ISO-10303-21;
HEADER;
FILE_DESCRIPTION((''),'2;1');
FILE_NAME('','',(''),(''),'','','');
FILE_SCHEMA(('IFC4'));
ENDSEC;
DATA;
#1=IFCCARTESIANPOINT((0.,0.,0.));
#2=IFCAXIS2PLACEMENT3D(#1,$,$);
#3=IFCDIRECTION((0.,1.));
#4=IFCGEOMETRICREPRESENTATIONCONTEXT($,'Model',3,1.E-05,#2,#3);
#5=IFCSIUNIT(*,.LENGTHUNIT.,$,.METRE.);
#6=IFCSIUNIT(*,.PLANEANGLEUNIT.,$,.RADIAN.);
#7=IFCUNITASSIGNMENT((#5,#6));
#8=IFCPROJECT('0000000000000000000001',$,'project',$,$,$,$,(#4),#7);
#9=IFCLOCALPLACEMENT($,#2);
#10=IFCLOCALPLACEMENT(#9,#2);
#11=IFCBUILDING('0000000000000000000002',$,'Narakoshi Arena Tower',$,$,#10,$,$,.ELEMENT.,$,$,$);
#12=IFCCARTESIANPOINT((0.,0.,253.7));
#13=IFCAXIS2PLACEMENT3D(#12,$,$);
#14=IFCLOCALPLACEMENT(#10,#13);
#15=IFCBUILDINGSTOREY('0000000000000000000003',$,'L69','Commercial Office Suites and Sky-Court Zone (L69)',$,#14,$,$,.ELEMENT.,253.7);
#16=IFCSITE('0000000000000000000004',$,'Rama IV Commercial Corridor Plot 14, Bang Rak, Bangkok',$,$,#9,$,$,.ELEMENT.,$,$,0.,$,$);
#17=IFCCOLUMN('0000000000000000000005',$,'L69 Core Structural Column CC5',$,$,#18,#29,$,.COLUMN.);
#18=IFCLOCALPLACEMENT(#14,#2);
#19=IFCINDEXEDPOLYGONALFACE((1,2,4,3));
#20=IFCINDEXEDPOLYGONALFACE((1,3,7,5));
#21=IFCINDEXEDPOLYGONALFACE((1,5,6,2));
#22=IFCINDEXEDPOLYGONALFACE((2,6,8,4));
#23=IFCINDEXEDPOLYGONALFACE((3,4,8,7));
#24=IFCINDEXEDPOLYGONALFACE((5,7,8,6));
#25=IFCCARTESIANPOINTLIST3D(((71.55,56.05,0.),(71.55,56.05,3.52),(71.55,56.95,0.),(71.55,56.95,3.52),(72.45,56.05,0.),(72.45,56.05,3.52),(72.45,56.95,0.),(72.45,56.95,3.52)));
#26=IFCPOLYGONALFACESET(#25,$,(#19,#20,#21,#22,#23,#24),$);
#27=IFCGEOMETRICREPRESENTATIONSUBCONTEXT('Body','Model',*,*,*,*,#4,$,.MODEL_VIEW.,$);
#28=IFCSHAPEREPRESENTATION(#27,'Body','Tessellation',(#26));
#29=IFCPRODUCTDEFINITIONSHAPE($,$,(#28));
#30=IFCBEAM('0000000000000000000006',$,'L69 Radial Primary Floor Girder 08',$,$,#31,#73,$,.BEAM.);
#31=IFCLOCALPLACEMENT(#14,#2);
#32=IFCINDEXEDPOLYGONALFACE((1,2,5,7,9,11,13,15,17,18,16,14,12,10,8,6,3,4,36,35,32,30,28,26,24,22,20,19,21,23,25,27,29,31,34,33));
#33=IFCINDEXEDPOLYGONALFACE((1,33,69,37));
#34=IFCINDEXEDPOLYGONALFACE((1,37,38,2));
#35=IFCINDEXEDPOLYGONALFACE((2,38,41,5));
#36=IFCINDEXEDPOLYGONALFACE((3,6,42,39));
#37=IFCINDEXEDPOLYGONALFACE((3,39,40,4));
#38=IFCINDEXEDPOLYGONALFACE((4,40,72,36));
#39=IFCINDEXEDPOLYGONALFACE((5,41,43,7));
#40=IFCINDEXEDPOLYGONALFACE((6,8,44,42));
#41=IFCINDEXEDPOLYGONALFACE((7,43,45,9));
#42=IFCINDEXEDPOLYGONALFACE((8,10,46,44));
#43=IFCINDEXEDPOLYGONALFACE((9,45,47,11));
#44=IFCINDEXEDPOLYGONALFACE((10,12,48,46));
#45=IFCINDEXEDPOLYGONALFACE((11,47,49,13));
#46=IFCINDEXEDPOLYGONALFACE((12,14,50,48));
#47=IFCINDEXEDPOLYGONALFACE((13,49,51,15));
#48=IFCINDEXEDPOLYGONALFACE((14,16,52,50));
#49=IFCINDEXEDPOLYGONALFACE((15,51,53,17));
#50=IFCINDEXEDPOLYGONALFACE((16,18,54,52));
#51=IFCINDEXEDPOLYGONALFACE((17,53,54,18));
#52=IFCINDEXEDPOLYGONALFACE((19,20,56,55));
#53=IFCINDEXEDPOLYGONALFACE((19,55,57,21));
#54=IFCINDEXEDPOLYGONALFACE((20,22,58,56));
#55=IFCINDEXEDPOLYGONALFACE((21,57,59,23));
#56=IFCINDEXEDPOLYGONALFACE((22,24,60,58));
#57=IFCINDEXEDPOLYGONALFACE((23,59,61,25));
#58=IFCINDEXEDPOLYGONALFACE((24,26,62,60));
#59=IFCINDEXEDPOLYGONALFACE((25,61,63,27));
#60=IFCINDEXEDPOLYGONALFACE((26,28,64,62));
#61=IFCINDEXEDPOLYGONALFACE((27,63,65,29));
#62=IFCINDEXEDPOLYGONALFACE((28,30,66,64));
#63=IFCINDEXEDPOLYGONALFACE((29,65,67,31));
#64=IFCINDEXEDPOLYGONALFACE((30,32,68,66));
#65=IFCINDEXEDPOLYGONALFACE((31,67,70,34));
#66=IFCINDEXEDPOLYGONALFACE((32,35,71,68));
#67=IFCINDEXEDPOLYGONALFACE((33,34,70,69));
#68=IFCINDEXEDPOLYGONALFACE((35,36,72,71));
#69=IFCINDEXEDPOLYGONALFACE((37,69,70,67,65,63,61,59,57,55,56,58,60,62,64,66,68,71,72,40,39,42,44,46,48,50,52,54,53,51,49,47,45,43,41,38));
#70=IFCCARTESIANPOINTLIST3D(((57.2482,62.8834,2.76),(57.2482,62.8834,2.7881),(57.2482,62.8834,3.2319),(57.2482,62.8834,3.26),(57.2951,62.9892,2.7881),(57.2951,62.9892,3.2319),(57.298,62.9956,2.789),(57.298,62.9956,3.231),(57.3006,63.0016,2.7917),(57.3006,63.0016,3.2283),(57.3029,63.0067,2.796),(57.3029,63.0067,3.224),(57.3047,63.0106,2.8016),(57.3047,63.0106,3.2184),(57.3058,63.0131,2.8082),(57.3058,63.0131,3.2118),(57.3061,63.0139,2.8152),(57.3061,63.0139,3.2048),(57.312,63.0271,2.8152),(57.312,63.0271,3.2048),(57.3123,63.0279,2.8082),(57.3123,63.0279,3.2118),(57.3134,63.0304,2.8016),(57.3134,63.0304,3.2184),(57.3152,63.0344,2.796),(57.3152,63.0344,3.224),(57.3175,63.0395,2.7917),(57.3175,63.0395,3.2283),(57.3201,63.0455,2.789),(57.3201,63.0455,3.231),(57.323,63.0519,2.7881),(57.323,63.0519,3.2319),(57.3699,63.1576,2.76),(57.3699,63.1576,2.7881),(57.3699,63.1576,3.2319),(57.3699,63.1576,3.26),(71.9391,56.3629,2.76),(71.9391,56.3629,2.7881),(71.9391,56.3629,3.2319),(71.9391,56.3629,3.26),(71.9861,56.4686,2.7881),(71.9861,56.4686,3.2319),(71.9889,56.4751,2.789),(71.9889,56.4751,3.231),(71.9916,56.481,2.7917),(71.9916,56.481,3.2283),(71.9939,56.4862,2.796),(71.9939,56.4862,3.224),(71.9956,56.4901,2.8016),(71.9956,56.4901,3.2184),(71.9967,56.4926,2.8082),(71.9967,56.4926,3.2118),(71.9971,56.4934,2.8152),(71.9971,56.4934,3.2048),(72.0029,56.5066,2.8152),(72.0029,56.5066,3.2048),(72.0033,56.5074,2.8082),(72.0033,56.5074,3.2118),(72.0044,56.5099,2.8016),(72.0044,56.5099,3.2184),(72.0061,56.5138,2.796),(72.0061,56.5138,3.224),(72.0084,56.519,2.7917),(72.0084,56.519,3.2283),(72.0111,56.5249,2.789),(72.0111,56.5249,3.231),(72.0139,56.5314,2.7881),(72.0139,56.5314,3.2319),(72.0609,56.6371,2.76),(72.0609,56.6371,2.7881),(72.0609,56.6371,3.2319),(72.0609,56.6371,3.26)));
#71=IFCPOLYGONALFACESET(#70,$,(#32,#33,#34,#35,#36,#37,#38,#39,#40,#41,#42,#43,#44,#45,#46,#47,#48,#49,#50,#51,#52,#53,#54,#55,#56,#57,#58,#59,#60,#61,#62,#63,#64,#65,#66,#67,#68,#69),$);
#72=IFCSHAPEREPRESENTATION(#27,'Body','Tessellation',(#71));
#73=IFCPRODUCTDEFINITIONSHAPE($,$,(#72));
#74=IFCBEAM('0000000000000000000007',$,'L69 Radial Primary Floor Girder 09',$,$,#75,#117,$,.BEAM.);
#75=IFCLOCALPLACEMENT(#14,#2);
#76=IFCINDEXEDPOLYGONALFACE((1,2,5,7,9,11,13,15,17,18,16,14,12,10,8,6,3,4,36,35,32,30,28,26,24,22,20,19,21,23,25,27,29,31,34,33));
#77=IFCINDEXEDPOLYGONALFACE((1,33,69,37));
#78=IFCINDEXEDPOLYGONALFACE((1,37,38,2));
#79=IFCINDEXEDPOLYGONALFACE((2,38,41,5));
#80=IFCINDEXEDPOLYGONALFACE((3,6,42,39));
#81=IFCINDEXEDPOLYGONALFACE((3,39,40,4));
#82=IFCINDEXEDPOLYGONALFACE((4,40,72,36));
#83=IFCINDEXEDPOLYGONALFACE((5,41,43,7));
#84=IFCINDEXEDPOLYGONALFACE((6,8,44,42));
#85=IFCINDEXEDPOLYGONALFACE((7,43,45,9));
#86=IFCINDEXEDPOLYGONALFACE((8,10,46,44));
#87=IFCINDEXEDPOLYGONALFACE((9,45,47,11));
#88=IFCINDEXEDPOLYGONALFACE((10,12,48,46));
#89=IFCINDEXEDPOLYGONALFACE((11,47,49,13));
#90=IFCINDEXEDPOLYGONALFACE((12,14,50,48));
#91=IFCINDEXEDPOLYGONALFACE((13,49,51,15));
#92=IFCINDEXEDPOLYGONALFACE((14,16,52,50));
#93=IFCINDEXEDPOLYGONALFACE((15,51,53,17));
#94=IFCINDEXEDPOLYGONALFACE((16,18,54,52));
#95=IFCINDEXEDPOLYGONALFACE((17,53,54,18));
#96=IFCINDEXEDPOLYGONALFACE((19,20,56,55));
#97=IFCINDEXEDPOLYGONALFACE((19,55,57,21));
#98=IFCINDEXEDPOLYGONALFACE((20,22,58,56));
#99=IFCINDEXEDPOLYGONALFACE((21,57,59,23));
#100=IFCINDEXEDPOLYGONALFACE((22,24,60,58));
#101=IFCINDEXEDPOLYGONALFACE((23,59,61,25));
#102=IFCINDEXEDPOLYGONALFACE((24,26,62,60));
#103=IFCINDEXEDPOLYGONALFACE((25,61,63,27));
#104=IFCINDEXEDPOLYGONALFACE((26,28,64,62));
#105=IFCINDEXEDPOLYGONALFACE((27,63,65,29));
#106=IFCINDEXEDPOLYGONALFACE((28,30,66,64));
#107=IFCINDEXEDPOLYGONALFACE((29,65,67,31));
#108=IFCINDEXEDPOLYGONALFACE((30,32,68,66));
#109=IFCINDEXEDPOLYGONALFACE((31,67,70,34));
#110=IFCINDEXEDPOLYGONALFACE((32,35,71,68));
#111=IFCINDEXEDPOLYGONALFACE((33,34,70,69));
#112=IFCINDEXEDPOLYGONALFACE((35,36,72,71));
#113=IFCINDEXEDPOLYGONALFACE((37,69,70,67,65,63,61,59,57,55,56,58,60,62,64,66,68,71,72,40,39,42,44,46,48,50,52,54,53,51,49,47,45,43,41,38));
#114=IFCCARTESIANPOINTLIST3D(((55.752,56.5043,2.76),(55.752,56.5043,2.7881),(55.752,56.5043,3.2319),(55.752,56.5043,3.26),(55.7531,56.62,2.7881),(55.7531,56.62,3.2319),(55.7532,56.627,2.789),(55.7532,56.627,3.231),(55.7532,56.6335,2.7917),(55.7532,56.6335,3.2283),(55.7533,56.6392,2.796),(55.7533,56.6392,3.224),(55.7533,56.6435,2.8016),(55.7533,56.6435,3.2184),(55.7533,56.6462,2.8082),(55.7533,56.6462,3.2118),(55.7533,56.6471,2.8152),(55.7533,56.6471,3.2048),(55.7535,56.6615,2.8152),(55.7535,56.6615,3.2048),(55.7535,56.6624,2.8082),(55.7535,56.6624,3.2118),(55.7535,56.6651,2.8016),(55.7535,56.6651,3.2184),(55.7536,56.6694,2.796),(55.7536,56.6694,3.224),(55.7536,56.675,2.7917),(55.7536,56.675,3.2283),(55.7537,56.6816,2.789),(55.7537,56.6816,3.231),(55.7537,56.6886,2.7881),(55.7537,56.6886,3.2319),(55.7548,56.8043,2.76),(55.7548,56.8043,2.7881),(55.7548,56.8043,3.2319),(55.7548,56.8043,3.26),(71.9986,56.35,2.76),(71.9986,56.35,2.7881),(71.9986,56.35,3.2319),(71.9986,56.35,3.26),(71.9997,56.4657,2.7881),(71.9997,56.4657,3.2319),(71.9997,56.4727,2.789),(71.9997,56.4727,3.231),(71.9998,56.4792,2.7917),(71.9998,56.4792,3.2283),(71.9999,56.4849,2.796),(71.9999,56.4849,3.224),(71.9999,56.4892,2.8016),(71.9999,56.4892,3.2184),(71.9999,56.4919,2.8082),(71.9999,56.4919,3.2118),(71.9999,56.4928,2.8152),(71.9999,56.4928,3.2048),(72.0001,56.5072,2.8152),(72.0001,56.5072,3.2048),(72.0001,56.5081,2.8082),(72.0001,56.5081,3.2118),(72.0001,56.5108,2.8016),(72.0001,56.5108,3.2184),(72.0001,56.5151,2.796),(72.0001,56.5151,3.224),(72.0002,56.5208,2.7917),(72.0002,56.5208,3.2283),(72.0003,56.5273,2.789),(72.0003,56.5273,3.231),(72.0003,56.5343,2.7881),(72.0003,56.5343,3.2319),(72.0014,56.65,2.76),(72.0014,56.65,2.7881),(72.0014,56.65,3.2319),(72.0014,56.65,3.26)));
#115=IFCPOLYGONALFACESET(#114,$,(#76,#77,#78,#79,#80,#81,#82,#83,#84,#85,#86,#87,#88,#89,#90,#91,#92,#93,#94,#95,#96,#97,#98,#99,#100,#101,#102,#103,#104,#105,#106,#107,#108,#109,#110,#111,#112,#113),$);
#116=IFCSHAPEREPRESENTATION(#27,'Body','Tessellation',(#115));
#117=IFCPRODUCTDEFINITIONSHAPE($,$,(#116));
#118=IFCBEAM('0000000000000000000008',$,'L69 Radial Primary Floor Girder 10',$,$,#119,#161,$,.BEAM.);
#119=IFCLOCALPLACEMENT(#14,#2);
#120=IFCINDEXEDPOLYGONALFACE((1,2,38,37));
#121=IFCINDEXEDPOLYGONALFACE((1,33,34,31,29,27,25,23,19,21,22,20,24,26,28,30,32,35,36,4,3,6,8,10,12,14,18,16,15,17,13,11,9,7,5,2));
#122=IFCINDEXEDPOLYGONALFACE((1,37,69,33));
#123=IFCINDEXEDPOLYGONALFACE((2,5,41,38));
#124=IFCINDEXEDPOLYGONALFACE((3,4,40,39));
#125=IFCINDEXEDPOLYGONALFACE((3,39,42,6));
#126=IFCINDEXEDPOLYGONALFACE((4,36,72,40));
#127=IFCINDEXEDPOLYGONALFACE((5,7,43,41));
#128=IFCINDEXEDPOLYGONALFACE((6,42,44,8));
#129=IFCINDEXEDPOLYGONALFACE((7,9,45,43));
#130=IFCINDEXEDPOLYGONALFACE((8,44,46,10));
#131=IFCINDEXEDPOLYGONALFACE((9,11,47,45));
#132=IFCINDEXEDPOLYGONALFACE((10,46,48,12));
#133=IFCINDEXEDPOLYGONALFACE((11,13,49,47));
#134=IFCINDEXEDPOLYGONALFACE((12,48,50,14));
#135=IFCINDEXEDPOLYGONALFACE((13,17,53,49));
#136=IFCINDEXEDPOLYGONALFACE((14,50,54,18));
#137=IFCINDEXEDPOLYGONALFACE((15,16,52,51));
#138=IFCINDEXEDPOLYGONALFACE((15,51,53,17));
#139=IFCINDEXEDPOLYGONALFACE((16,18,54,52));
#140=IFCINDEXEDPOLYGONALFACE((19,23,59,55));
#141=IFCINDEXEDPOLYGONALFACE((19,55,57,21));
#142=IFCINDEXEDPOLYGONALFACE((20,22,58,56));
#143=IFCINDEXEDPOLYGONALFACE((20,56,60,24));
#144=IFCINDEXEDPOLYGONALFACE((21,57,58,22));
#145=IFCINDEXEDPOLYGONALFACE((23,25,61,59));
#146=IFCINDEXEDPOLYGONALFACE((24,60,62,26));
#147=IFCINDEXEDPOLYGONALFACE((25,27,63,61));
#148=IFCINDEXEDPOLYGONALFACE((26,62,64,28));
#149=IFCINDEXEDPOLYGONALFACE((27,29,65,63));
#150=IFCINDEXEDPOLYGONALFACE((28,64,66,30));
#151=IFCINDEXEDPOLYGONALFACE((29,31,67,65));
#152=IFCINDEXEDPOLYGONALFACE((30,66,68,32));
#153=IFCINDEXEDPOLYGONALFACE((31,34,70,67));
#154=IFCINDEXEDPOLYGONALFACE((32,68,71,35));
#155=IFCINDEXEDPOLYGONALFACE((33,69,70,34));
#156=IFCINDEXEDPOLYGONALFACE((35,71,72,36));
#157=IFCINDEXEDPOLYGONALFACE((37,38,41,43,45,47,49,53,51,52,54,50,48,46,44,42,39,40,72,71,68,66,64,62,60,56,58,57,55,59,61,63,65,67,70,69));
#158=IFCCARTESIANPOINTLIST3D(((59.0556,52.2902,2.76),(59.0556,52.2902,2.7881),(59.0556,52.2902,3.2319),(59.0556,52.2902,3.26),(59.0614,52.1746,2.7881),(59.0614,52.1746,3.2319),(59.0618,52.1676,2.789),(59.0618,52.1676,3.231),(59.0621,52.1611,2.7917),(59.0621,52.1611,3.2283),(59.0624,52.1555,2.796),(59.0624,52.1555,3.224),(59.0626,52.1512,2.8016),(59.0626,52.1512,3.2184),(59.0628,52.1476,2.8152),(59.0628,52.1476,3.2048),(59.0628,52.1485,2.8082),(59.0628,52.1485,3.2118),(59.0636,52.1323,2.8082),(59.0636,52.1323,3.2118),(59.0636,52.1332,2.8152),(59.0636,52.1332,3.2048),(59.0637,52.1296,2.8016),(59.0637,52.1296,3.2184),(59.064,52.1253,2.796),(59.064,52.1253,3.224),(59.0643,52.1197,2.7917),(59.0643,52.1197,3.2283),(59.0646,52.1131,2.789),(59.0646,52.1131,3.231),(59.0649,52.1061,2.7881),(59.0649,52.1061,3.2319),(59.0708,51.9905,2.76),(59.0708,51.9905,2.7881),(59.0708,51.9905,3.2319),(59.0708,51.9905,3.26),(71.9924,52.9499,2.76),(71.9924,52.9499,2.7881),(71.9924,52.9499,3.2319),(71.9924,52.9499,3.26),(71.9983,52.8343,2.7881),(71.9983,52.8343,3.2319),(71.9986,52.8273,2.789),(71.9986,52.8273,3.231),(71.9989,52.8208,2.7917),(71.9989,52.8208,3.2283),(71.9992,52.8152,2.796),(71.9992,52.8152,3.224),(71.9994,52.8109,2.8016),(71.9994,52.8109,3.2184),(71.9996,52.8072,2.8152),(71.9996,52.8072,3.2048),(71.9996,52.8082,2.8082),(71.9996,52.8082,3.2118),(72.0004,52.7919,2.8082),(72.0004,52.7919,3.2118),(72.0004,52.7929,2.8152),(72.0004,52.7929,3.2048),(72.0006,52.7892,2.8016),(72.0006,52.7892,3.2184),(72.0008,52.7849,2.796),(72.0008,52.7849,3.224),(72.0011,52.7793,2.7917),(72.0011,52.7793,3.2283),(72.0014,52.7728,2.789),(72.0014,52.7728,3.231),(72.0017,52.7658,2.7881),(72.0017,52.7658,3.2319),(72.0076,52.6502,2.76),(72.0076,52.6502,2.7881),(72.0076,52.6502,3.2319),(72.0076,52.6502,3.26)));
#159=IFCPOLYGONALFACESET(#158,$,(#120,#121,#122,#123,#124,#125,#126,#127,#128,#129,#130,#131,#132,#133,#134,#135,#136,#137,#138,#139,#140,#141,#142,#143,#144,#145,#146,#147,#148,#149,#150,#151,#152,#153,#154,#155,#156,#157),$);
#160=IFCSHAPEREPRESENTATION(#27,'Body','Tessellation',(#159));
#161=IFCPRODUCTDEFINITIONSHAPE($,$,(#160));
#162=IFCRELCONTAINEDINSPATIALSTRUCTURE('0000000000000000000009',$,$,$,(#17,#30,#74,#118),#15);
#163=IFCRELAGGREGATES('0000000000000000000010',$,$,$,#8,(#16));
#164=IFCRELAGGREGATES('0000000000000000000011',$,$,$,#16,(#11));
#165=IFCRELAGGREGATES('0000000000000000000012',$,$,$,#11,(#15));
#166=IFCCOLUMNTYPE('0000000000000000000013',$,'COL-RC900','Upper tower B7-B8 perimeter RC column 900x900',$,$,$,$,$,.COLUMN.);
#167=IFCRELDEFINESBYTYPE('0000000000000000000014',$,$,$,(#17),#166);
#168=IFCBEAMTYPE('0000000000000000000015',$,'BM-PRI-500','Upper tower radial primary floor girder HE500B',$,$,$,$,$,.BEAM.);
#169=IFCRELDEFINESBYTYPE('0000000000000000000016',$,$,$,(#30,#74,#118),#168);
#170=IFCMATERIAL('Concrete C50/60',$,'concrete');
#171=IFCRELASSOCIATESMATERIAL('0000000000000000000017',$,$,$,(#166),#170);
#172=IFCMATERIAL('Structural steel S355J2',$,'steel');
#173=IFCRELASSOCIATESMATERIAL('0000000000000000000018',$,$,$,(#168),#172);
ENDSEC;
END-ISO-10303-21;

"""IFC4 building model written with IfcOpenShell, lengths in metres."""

from ifc_helpers import new_model, si_unit, direction, frame, origin, origin_2d, place, context, subcontext, project, spatial, rectangle, i_section, extrude, material, material_profile, profile_set, type_object, element, save


model = new_model("IFC4")

# Units and contexts
model_context = context("Model", 3, precision=1e-05, world=origin(), true_north=direction((0.0, 1.0)))
body_context = subcontext(model_context, "Body", "Model", "MODEL_VIEW")
ifc_project = project(units=[si_unit("LENGTHUNIT", "METRE"), si_unit("PLANEANGLEUNIT", "RADIAN")], contexts=[model_context])

# Site, building, storey
site_placement = place(None, origin())
site = spatial("IfcSite", under=ifc_project, at=site_placement, Name="Rama IV Commercial Corridor Plot 14, Bang Rak, Bangkok", CompositionType="ELEMENT", RefElevation=0.0)
building_placement = place(site_placement, origin())
building = spatial("IfcBuilding", under=site, at=building_placement, Name="Narakoshi Arena Tower", CompositionType="ELEMENT")
storey_placement = place(building_placement, frame((0.0, 0.0, 253.7)))
storey = spatial("IfcBuildingStorey", under=building, at=storey_placement, Name="L69", Description="Commercial Office Suites and Sky-Court Zone (L69)", CompositionType="ELEMENT", Elevation=253.7)

# Column
ifc_material_1 = material(Name="Concrete C50/60", Category="concrete")
ifc_material_profile_1 = material_profile(ifc_material_1, rectangle(XDim=0.8999, YDim=0.8999, at=origin_2d()), Name="RC900x900")
ifc_profile_set_1 = profile_set([ifc_material_profile_1], Name="Concrete C50/60")
column_type = type_object("IfcColumnType", Name="COL-RC900", Description="Upper tower B7-B8 perimeter RC column 900x900", PredefinedType="COLUMN", material=ifc_profile_set_1)
column_placement = place(storey_placement, frame((72.0, 56.5, 0.0), z_axis=(0.0, 0.0, 1.0), x_axis=(1.0, 0.0, 0.0)))
element("IfcColumn", 1, at=column_placement, inside=storey, type_object=column_type, Name="L69 Core Structural Column CC5", PredefinedType="COLUMN", context=body_context, shape_type="SweptSolid", body=[
    extrude(rectangle(XDim=0.8999, YDim=0.8999, at=origin_2d()), origin(), (0.0, 0.0, 1.0), 3.52),
])

# Beams
ifc_material_2 = material(Name="Structural steel S355J2", Category="steel")
ifc_material_profile_2 = material_profile(ifc_material_2, i_section(OverallWidth=0.3, OverallDepth=0.5, WebThickness=0.0144, FlangeThickness=0.0281, FilletRadius=0.0271, at=origin_2d()), Name="HE500B")
ifc_profile_set_2 = profile_set([ifc_material_profile_2], Name="Structural steel S355J2")
beam_type = type_object("IfcBeamType", Name="BM-PRI-500", Description="Upper tower radial primary floor girder HE500B", PredefinedType="BEAM", material=ifc_profile_set_2)
beam_1_placement = place(storey_placement, frame((72.0, 56.5, 3.01), z_axis=(-0.914014, 0.405682, 0.0), x_axis=(-0.405682, -0.914014, 0.0)))
element("IfcBeam", 2, at=beam_1_placement, inside=storey, type_object=beam_type, Name="L69 Radial Primary Floor Girder 08", PredefinedType="BEAM", context=body_context, shape_type="SweptSolid", body=[
    extrude(i_section(OverallWidth=0.3, OverallDepth=0.5, WebThickness=0.0144, FlangeThickness=0.0281, FilletRadius=0.0271, at=origin_2d()), origin(), (0.0, 0.0, 1.0), 16.073),
])
beam_2_placement = place(storey_placement, frame((72.0, 56.5, 3.01), z_axis=(-0.999955, 0.009497, 0.0), x_axis=(-0.009497, -0.999955, 0.0)))
element("IfcBeam", 3, at=beam_2_placement, inside=storey, type_object=beam_type, Name="L69 Radial Primary Floor Girder 09", PredefinedType="BEAM", context=body_context, shape_type="SweptSolid", body=[
    extrude(i_section(OverallWidth=0.3, OverallDepth=0.5, WebThickness=0.0144, FlangeThickness=0.0281, FilletRadius=0.0271, at=origin_2d()), origin(), (0.0, 0.0, 1.0), 16.2473),
])
beam_3_placement = place(storey_placement, frame((72.0, 52.8, 3.01), z_axis=(-0.998702, -0.050926, 0.0), x_axis=(0.050926, -0.998702, 0.0)))
element("IfcBeam", 4, at=beam_3_placement, inside=storey, type_object=beam_type, Name="L69 Radial Primary Floor Girder 10", PredefinedType="BEAM", context=body_context, shape_type="SweptSolid", body=[
    extrude(i_section(OverallWidth=0.3, OverallDepth=0.5, WebThickness=0.0144, FlangeThickness=0.0281, FilletRadius=0.0271, at=origin_2d()), origin(), (0.0, 0.0, 1.0), 12.9536),
])

save(model, "model.ifc")
